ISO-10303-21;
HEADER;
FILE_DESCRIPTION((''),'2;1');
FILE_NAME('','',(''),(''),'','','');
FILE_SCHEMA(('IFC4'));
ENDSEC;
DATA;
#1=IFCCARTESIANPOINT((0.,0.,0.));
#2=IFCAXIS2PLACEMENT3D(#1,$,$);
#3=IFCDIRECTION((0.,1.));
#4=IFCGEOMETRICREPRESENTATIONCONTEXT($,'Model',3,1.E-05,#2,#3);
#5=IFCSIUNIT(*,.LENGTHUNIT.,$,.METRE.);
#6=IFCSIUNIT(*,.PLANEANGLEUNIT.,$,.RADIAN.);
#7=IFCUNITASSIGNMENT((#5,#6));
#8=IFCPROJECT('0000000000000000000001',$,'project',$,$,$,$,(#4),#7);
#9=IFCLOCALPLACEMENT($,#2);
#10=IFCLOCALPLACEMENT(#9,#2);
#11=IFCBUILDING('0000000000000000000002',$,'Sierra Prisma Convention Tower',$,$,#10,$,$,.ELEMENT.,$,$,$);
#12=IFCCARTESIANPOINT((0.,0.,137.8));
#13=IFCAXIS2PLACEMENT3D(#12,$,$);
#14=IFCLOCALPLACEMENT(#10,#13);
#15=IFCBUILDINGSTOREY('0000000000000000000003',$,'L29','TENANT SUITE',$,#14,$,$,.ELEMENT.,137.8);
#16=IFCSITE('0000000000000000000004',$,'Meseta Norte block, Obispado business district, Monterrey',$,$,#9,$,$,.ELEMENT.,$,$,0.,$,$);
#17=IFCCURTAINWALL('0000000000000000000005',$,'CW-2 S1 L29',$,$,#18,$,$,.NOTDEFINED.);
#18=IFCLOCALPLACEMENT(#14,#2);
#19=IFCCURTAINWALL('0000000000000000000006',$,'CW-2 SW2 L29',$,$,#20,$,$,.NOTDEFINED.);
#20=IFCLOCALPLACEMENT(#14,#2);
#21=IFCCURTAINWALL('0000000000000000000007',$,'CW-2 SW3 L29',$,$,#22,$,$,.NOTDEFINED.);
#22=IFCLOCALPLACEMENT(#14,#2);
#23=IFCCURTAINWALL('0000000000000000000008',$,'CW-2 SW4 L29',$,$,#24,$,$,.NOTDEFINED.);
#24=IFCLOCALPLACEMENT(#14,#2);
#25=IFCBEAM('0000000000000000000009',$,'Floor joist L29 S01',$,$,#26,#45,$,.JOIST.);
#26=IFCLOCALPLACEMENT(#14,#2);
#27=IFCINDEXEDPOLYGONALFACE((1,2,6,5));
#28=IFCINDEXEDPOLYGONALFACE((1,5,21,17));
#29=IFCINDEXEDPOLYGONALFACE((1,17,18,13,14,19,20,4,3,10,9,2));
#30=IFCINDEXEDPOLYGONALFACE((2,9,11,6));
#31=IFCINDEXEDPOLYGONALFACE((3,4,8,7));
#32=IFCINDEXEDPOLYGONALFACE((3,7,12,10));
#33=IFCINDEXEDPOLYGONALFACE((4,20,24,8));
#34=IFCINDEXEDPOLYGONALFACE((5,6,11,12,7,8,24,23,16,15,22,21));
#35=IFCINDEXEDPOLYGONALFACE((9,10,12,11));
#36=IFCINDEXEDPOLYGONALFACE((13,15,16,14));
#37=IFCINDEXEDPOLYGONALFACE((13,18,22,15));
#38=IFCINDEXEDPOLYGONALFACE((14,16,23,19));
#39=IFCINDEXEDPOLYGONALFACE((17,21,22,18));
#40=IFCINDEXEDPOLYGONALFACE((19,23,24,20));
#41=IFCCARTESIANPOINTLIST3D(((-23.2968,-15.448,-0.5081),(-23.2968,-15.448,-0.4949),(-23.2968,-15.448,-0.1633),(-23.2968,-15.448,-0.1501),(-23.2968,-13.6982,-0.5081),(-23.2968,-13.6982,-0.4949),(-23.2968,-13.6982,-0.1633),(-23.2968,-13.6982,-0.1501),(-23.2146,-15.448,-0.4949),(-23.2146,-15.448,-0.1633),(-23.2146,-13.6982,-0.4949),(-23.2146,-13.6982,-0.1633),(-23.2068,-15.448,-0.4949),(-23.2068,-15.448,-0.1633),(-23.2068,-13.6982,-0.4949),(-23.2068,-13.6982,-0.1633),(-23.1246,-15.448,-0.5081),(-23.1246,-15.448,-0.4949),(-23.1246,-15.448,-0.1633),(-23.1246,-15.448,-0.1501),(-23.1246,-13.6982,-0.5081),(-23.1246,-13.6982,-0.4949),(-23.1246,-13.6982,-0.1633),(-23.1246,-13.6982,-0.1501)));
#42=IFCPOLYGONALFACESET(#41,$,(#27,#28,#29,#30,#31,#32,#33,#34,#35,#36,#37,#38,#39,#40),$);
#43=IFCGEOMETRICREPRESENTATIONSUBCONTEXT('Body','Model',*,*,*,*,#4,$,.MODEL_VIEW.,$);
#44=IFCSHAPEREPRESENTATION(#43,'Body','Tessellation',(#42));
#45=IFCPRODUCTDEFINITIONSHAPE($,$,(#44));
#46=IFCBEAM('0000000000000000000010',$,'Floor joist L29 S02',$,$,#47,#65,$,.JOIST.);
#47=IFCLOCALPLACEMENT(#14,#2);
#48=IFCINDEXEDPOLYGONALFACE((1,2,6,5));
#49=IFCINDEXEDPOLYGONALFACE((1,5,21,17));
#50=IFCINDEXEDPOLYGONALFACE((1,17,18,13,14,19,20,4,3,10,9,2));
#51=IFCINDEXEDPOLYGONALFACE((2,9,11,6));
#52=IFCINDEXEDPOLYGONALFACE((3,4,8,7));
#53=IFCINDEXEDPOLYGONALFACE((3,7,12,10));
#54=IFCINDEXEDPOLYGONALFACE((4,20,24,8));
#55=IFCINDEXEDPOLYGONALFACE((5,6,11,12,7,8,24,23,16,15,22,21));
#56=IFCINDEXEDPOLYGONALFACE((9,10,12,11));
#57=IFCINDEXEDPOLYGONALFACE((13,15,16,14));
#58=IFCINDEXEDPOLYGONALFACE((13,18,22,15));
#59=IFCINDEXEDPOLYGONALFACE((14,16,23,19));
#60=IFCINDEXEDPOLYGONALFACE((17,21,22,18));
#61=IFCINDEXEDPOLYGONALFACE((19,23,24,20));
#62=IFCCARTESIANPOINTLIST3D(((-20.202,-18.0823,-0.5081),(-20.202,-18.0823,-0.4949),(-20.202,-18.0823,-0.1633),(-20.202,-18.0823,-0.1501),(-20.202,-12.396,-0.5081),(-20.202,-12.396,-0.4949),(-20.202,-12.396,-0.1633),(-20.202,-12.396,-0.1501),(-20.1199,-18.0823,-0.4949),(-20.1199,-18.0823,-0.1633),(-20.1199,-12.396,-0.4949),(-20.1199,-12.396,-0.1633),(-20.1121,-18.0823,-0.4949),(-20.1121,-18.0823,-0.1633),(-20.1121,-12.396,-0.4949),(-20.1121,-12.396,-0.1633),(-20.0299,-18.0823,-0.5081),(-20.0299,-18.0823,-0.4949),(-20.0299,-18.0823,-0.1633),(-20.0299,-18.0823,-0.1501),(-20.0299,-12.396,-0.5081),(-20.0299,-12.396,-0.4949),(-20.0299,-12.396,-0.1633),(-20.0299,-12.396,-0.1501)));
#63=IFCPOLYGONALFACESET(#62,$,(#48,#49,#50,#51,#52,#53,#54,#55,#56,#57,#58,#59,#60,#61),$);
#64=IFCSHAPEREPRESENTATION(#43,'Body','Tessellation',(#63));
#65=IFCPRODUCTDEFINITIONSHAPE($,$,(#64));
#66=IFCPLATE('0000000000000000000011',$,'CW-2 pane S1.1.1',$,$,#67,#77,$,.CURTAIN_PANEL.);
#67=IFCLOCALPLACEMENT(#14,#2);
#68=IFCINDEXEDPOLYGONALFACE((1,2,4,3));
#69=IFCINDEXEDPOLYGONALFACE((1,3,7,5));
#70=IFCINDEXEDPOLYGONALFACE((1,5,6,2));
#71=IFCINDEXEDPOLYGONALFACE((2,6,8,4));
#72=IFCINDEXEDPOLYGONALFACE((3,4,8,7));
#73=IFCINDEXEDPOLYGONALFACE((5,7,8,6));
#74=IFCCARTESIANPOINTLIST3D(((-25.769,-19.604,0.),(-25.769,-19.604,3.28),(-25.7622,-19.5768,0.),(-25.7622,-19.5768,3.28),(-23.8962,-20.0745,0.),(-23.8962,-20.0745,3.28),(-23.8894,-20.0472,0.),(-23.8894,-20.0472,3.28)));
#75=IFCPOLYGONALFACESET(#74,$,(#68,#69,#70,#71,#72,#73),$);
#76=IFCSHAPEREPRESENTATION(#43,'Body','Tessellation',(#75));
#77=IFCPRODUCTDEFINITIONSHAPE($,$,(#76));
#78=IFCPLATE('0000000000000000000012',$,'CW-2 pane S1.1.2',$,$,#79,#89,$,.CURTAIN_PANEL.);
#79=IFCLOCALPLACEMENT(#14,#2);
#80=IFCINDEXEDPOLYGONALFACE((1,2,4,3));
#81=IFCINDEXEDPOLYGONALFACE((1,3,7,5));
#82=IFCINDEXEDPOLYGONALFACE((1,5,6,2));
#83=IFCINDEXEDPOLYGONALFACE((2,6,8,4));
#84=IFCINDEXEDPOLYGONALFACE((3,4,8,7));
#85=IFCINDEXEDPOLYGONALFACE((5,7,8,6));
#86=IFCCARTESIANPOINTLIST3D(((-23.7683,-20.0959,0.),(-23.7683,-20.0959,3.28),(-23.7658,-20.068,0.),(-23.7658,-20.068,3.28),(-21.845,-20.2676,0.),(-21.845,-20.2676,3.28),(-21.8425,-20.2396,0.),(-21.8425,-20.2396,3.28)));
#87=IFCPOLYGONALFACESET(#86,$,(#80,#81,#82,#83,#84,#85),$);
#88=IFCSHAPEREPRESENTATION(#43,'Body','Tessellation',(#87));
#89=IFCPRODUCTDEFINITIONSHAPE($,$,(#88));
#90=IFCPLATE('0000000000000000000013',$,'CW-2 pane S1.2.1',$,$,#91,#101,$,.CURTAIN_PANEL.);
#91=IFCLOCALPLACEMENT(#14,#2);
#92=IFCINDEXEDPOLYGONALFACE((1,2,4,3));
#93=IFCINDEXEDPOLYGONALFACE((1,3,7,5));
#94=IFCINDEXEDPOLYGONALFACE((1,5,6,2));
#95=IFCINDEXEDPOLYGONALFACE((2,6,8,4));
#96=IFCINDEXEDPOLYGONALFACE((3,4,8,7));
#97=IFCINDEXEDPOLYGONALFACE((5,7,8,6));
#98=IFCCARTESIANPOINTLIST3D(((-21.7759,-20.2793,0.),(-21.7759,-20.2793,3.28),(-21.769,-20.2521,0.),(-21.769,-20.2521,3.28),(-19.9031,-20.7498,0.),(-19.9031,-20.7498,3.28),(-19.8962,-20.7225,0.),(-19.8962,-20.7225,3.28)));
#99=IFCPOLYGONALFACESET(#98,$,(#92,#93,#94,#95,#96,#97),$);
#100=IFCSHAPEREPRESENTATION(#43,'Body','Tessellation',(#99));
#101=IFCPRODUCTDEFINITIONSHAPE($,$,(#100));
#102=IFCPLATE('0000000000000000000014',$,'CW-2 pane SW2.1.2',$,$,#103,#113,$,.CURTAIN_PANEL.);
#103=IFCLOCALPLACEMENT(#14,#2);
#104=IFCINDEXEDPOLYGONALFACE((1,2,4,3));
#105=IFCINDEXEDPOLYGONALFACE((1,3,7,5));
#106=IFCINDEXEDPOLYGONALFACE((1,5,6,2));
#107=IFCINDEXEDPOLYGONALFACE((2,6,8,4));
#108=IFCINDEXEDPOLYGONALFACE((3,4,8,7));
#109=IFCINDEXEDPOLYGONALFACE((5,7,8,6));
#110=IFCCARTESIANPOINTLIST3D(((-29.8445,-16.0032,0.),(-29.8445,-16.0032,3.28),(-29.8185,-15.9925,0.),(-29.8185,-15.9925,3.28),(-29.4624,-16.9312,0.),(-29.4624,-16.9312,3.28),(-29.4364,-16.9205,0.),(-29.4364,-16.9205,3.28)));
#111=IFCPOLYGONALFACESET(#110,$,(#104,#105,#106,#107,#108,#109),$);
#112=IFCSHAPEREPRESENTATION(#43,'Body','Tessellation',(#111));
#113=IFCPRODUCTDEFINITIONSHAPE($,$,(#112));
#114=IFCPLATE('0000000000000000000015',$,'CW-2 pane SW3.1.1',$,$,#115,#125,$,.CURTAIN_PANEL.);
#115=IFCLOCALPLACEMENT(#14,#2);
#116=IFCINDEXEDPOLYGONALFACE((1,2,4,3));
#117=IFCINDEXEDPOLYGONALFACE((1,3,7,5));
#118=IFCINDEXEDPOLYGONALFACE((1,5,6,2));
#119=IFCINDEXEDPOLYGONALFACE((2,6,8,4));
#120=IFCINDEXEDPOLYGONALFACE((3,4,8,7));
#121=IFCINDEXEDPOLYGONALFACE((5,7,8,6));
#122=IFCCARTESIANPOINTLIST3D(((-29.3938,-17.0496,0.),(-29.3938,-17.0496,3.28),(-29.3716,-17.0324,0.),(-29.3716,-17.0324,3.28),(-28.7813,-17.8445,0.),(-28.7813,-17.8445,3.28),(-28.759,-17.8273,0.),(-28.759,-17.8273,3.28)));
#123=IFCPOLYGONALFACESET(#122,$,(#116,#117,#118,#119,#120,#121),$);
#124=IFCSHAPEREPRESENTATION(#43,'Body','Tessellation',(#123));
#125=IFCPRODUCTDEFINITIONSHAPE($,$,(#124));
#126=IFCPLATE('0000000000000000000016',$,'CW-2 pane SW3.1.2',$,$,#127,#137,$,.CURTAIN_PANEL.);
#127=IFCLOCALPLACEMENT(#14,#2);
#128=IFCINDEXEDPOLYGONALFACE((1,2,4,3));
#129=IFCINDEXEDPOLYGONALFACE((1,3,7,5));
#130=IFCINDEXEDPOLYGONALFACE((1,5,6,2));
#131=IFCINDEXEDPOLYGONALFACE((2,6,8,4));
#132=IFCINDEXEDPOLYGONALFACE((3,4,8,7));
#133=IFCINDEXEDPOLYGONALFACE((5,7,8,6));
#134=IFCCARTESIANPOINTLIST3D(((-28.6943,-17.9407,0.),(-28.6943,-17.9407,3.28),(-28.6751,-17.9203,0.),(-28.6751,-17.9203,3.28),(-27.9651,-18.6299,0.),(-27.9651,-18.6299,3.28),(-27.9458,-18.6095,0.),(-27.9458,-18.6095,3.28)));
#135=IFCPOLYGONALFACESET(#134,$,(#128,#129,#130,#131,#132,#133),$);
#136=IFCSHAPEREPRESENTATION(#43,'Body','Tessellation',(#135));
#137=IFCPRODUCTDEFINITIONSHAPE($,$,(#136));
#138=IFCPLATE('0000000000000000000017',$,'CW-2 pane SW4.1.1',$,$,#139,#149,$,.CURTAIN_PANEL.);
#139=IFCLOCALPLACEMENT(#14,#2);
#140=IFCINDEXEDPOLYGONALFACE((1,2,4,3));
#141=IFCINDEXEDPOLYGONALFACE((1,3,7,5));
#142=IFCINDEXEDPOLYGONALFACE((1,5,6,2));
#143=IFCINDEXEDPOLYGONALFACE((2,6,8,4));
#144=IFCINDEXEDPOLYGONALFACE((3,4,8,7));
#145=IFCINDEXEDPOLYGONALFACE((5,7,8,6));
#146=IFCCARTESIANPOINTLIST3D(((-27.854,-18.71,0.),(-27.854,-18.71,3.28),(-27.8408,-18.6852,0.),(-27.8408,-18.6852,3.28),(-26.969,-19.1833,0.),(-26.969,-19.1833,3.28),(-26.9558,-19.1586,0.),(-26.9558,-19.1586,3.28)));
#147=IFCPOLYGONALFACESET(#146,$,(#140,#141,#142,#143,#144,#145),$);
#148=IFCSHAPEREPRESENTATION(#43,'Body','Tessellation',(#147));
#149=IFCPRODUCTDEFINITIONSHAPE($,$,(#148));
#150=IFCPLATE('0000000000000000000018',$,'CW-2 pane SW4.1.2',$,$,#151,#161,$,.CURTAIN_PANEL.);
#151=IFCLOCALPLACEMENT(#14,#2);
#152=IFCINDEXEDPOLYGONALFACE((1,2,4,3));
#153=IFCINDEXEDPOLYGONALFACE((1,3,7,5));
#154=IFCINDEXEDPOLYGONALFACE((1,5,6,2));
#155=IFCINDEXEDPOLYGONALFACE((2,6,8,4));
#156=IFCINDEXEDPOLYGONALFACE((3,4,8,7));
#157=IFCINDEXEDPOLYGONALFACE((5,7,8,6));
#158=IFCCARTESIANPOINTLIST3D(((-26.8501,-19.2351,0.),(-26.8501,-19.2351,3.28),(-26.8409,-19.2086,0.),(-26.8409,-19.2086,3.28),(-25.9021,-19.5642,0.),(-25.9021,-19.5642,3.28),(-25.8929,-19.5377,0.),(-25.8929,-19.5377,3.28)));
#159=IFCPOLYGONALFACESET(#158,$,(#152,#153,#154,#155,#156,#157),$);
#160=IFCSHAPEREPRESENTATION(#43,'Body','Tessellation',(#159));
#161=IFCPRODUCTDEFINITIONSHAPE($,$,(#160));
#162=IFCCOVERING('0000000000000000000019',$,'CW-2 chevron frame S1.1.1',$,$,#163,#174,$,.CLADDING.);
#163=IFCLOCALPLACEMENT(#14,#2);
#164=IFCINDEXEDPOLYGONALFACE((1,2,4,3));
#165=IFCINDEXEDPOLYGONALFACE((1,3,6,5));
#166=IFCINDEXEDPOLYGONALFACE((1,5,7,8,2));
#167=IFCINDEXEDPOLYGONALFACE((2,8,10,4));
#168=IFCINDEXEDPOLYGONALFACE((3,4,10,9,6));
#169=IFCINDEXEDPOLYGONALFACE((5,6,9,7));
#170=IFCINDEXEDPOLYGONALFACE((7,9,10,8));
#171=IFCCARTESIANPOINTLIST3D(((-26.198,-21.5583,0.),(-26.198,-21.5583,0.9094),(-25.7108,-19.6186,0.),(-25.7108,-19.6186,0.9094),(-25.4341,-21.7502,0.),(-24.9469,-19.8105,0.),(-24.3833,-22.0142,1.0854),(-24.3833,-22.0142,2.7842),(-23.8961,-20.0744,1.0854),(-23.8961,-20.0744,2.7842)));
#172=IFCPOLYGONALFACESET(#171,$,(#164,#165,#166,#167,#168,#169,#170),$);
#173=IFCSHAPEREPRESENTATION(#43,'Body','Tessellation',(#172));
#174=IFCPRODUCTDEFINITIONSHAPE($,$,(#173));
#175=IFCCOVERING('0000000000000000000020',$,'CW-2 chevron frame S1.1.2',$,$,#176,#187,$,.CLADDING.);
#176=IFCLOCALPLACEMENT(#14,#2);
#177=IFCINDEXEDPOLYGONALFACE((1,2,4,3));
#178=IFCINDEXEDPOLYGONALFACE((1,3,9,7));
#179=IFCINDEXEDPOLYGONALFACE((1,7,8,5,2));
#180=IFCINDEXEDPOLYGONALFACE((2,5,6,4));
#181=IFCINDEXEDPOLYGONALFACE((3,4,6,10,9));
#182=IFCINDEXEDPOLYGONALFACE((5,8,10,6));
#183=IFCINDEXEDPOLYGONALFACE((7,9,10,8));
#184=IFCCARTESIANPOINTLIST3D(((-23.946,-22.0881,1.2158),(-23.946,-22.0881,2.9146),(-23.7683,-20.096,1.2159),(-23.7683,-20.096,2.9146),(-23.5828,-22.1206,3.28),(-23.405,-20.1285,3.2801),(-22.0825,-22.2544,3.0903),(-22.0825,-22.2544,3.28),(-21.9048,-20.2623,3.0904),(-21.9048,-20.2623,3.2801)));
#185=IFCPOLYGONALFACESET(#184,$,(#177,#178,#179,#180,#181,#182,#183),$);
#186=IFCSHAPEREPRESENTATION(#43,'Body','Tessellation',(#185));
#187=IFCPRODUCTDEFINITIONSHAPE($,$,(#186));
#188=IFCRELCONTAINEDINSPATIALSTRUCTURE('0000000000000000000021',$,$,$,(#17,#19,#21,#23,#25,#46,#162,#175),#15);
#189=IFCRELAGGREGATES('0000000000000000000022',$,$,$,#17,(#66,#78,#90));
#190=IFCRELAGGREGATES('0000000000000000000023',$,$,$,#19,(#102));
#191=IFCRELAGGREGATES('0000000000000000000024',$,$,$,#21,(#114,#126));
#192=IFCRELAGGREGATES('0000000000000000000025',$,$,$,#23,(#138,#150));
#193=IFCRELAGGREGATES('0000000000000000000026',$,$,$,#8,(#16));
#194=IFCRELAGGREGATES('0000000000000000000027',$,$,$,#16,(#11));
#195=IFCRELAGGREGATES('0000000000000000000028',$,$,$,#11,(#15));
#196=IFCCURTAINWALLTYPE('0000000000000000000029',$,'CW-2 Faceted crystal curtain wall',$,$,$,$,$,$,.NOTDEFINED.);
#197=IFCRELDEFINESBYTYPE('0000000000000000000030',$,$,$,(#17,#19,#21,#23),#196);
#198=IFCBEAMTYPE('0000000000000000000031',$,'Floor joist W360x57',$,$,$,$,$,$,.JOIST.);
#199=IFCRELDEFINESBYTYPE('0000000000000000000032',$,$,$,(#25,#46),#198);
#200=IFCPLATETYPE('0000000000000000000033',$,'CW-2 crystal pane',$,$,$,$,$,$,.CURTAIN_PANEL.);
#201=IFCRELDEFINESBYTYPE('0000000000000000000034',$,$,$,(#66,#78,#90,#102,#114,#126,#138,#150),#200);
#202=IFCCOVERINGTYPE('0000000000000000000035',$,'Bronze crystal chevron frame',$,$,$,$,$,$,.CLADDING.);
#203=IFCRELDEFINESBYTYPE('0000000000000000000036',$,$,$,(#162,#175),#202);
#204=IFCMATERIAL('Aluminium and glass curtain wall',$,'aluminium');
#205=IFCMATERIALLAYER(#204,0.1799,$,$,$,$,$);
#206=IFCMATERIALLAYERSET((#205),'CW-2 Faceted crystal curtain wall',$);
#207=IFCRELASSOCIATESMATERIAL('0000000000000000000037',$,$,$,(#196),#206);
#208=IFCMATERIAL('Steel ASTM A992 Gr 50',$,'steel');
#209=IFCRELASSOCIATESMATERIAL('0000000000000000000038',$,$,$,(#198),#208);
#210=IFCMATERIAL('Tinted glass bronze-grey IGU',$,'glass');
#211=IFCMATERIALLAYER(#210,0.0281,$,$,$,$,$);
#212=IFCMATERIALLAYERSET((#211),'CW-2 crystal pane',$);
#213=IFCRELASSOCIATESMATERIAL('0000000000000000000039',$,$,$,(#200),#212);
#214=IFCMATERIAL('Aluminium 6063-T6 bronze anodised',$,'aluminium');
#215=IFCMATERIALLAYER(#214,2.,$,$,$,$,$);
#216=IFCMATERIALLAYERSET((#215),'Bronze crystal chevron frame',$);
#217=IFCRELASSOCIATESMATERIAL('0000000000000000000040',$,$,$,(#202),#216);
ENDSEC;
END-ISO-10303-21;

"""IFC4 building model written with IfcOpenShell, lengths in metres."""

from ifc_helpers import new_model, si_unit, direction, frame, origin, origin_2d, place, context, subcontext, project, spatial, polyline, i_section, outline, extrude, material, layer, layer_set, material_profile, profile_set, type_object, element, aggregate, save


model = new_model("IFC4")

# Units and contexts
model_context = context("Model", 3, precision=1e-05, world=origin(), true_north=direction((0.0, 1.0)))
body_context = subcontext(model_context, "Body", "Model", "MODEL_VIEW")
ifc_project = project(units=[si_unit("LENGTHUNIT", "METRE"), si_unit("PLANEANGLEUNIT", "RADIAN")], contexts=[model_context])

# Site, building, storey
site_placement = place(None, origin())
site = spatial("IfcSite", under=ifc_project, at=site_placement, Name="Meseta Norte block, Obispado business district, Monterrey", CompositionType="ELEMENT", RefElevation=0.0)
building_placement = place(site_placement, origin())
building = spatial("IfcBuilding", under=site, at=building_placement, Name="Sierra Prisma Convention Tower", CompositionType="ELEMENT")
storey_placement = place(building_placement, frame((0.0, 0.0, 137.8)))
storey = spatial("IfcBuildingStorey", under=building, at=storey_placement, Name="L29", Description="TENANT SUITE", CompositionType="ELEMENT", Elevation=137.8)

# Curtain wall
ifc_material_1 = material(Name="Aluminium and glass curtain wall", Category="aluminium")
ifc_layer_1 = layer(ifc_material_1, 0.1799)
ifc_layer_set_1 = layer_set([ifc_layer_1], Name="CW-2 Faceted crystal curtain wall")
curtain_wall_type = type_object("IfcCurtainWallType", Name="CW-2 Faceted crystal curtain wall", PredefinedType="NOTDEFINED", material=ifc_layer_set_1)
curtain_wall_1_placement = place(storey_placement, origin())
curtain_wall_1 = element("IfcCurtainWall", 1, at=curtain_wall_1_placement, inside=storey, type_object=curtain_wall_type, Name="CW-2 S1 L29", PredefinedType="NOTDEFINED")

# Curtain walls
curtain_wall_2_placement = place(storey_placement, origin())
curtain_wall_2 = element("IfcCurtainWall", 2, at=curtain_wall_2_placement, inside=storey, type_object=curtain_wall_type, Name="CW-2 SW2 L29", PredefinedType="NOTDEFINED")
curtain_wall_3_placement = place(storey_placement, origin())
curtain_wall_3 = element("IfcCurtainWall", 3, at=curtain_wall_3_placement, inside=storey, type_object=curtain_wall_type, Name="CW-2 SW3 L29", PredefinedType="NOTDEFINED")
curtain_wall_4_placement = place(storey_placement, origin())
curtain_wall_4 = element("IfcCurtainWall", 4, at=curtain_wall_4_placement, inside=storey, type_object=curtain_wall_type, Name="CW-2 SW4 L29", PredefinedType="NOTDEFINED")

# Beams
ifc_material_2 = material(Name="Steel ASTM A992 Gr 50", Category="steel")
ifc_material_profile_1 = material_profile(ifc_material_2, i_section(OverallWidth=0.1721, OverallDepth=0.3579, WebThickness=0.0078, FlangeThickness=0.0132, at=origin_2d()), Name="W360x57")
ifc_profile_set_1 = profile_set([ifc_material_profile_1], Name="Steel ASTM A992 Gr 50")
beam_type = type_object("IfcBeamType", Name="Floor joist W360x57", PredefinedType="JOIST", material=ifc_profile_set_1)
beam_1_placement = place(storey_placement, frame((-23.2107, -15.448, -0.3291), z_axis=(0.0, 1.0, 0.0), x_axis=(-1.0, 0.0, 0.0)))
element("IfcBeam", 5, at=beam_1_placement, inside=storey, type_object=beam_type, Name="Floor joist L29 S01", PredefinedType="JOIST", context=body_context, shape_type="SweptSolid", body=[
    extrude(i_section(OverallWidth=0.1721, OverallDepth=0.3579, WebThickness=0.0078, FlangeThickness=0.0132, at=origin_2d()), origin(), (0.0, 0.0, 1.0), 1.7498),
])
beam_2_placement = place(storey_placement, frame((-20.116, -18.0823, -0.3291), z_axis=(0.0, 1.0, 0.0), x_axis=(-1.0, 0.0, 0.0)))
element("IfcBeam", 6, at=beam_2_placement, inside=storey, type_object=beam_type, Name="Floor joist L29 S02", PredefinedType="JOIST", context=body_context, shape_type="SweptSolid", body=[
    extrude(i_section(OverallWidth=0.1721, OverallDepth=0.3579, WebThickness=0.0078, FlangeThickness=0.0132, at=origin_2d()), origin(), (0.0, 0.0, 1.0), 5.6863),
])

# Plates
ifc_material_3 = material(Name="Tinted glass bronze-grey IGU", Category="glass")
ifc_layer_2 = layer(ifc_material_3, 0.0281)
ifc_layer_set_2 = layer_set([ifc_layer_2], Name="CW-2 crystal pane")
plate_type = type_object("IfcPlateType", Name="CW-2 crystal pane", PredefinedType="CURTAIN_PANEL", material=ifc_layer_set_2)
plate_1_placement = place(storey_placement, frame((-25.769, -19.604, 0.0), z_axis=(-0.243636, -0.969867, 0.0), x_axis=(0.969867, -0.243636, 0.0)))
plate_1 = element("IfcPlate", 7, at=plate_1_placement, type_object=plate_type, Name="CW-2 pane S1.1.1", PredefinedType="CURTAIN_PANEL", context=body_context, shape_type="SweptSolid", body=[
    extrude(outline(polyline([(0.0, 0.0), (1.931, 0.0), (1.931, 3.28), (0.0, 3.28), (0.0, 0.0)])), origin(), (0.0, 0.0, -1.0), 0.0281),
])
plate_2_placement = place(storey_placement, frame((-21.845, -20.2676, 0.0), z_axis=(-0.088883, -0.996042, 0.0), x_axis=(-0.996042, 0.088883, 0.0)))
plate_2 = element("IfcPlate", 8, at=plate_2_placement, type_object=plate_type, Name="CW-2 pane S1.1.2", PredefinedType="CURTAIN_PANEL", context=body_context, shape_type="SweptSolid", body=[
    extrude(outline(polyline([(0.0, 0.0), (1.931, 0.0), (1.931, -3.28), (0.0, -3.28), (0.0, 0.0)])), origin(), (0.0, 0.0, -1.0), 0.0281),
])
plate_3_placement = place(storey_placement, frame((-21.7759, -20.2793, 0.0), z_axis=(-0.243636, -0.969867, 0.0), x_axis=(0.969867, -0.243636, 0.0)))
plate_3 = element("IfcPlate", 9, at=plate_3_placement, type_object=plate_type, Name="CW-2 pane S1.2.1", PredefinedType="CURTAIN_PANEL", context=body_context, shape_type="SweptSolid", body=[
    extrude(outline(polyline([(0.0, 0.0), (1.931, 0.0), (1.931, 3.28), (0.0, 3.28), (0.0, 0.0)])), origin(), (0.0, 0.0, -1.0), 0.0281),
])
aggregate(curtain_wall_1, [plate_1, plate_2, plate_3])
plate_4_placement = place(storey_placement, frame((-29.4624, -16.9312, 0.0), z_axis=(-0.924688, -0.380725, 0.0), x_axis=(-0.380725, 0.924688, 0.0)))
plate_4 = element("IfcPlate", 10, at=plate_4_placement, type_object=plate_type, Name="CW-2 pane SW2.1.2", PredefinedType="CURTAIN_PANEL", context=body_context, shape_type="SweptSolid", body=[
    extrude(outline(polyline([(0.0, 0.0), (1.0036, 0.0), (1.0036, -3.28), (0.0, -3.28), (0.0, 0.0)])), origin(), (0.0, 0.0, -1.0), 0.0281),
])
aggregate(curtain_wall_2, [plate_4])
plate_5_placement = place(storey_placement, frame((-29.3938, -17.0496, 0.0), z_axis=(-0.792108, -0.610381, 0.0), x_axis=(0.610381, -0.792108, 0.0)))
plate_5 = element("IfcPlate", 11, at=plate_5_placement, type_object=plate_type, Name="CW-2 pane SW3.1.1", PredefinedType="CURTAIN_PANEL", context=body_context, shape_type="SweptSolid", body=[
    extrude(outline(polyline([(0.0, 0.0), (1.0036, 0.0), (1.0036, 3.28), (0.0, 3.28), (0.0, 0.0)])), origin(), (0.0, 0.0, -1.0), 0.0281),
])
plate_6_placement = place(storey_placement, frame((-27.9651, -18.6299, 0.0), z_axis=(-0.686874, -0.726777, 0.0), x_axis=(-0.726777, 0.686874, 0.0)))
plate_6 = element("IfcPlate", 12, at=plate_6_placement, type_object=plate_type, Name="CW-2 pane SW3.1.2", PredefinedType="CURTAIN_PANEL", context=body_context, shape_type="SweptSolid", body=[
    extrude(outline(polyline([(0.0, 0.0), (1.0034, 0.0), (1.0034, -3.28), (0.0, -3.28), (0.0, 0.0)])), origin(), (0.0, 0.0, -1.0), 0.0281),
])
aggregate(curtain_wall_3, [plate_5, plate_6])
plate_7_placement = place(storey_placement, frame((-27.854, -18.71, 0.0), z_axis=(-0.471661, -0.88178, 0.0), x_axis=(0.88178, -0.471661, 0.0)))
plate_7 = element("IfcPlate", 13, at=plate_7_placement, type_object=plate_type, Name="CW-2 pane SW4.1.1", PredefinedType="CURTAIN_PANEL", context=body_context, shape_type="SweptSolid", body=[
    extrude(outline(polyline([(0.0, 0.0), (1.0037, 0.0), (1.0037, 3.28), (0.0, 3.28), (0.0, 0.0)])), origin(), (0.0, 0.0, -1.0), 0.0281),
])
plate_8_placement = place(storey_placement, frame((-25.9021, -19.5642, 0.0), z_axis=(-0.327954, -0.944694, 0.0), x_axis=(-0.944694, 0.327954, 0.0)))
plate_8 = element("IfcPlate", 14, at=plate_8_placement, type_object=plate_type, Name="CW-2 pane SW4.1.2", PredefinedType="CURTAIN_PANEL", context=body_context, shape_type="SweptSolid", body=[
    extrude(outline(polyline([(0.0, 0.0), (1.0035, 0.0), (1.0035, -3.28), (0.0, -3.28), (0.0, 0.0)])), origin(), (0.0, 0.0, -1.0), 0.0281),
])
aggregate(curtain_wall_4, [plate_7, plate_8])

# Coverings
ifc_material_4 = material(Name="Aluminium 6063-T6 bronze anodised", Category="aluminium")
ifc_layer_3 = layer(ifc_material_4, 2.0)
ifc_layer_set_3 = layer_set([ifc_layer_3], Name="Bronze crystal chevron frame")
covering_type = type_object("IfcCoveringType", Name="Bronze crystal chevron frame", PredefinedType="CLADDING", material=ifc_layer_set_3)
covering_1_placement = place(storey_placement, frame((-26.198, -21.5583, 0.0), z_axis=(-0.243613, -0.969873, 0.000005), x_axis=(0.969873, -0.243613, 0.0)))
element("IfcCovering", 15, at=covering_1_placement, inside=storey, type_object=covering_type, Name="CW-2 chevron frame S1.1.1", PredefinedType="CLADDING", context=body_context, shape_type="SweptSolid", body=[
    extrude(outline(polyline([(0.0, 0.0), (0.7876, 0.0), (1.8711, 1.0854), (1.8711, 2.7842), (0.0, 0.9094), (0.0, 0.0)])), origin(), (0.0, 0.0, -1.0), 2.0),
])
covering_2_placement = place(storey_placement, frame((-23.946, -22.0881, 2.9146), z_axis=(-0.08886, -0.996044, -0.000027), x_axis=(0.000002, 0.000027, -1.0)))
element("IfcCovering", 16, at=covering_2_placement, inside=storey, type_object=covering_type, Name="CW-2 chevron frame S1.1.2", PredefinedType="CLADDING", context=body_context, shape_type="SweptSolid", body=[
    extrude(outline(polyline([(0.0, 0.0), (1.6987, 0.0), (-0.1758, 1.8709), (-0.3655, 1.8709), (-0.3655, 0.3647), (0.0, 0.0)])), origin(), (0.0, 0.0, -1.0), 2.0),
])

save(model, "model.ifc")
